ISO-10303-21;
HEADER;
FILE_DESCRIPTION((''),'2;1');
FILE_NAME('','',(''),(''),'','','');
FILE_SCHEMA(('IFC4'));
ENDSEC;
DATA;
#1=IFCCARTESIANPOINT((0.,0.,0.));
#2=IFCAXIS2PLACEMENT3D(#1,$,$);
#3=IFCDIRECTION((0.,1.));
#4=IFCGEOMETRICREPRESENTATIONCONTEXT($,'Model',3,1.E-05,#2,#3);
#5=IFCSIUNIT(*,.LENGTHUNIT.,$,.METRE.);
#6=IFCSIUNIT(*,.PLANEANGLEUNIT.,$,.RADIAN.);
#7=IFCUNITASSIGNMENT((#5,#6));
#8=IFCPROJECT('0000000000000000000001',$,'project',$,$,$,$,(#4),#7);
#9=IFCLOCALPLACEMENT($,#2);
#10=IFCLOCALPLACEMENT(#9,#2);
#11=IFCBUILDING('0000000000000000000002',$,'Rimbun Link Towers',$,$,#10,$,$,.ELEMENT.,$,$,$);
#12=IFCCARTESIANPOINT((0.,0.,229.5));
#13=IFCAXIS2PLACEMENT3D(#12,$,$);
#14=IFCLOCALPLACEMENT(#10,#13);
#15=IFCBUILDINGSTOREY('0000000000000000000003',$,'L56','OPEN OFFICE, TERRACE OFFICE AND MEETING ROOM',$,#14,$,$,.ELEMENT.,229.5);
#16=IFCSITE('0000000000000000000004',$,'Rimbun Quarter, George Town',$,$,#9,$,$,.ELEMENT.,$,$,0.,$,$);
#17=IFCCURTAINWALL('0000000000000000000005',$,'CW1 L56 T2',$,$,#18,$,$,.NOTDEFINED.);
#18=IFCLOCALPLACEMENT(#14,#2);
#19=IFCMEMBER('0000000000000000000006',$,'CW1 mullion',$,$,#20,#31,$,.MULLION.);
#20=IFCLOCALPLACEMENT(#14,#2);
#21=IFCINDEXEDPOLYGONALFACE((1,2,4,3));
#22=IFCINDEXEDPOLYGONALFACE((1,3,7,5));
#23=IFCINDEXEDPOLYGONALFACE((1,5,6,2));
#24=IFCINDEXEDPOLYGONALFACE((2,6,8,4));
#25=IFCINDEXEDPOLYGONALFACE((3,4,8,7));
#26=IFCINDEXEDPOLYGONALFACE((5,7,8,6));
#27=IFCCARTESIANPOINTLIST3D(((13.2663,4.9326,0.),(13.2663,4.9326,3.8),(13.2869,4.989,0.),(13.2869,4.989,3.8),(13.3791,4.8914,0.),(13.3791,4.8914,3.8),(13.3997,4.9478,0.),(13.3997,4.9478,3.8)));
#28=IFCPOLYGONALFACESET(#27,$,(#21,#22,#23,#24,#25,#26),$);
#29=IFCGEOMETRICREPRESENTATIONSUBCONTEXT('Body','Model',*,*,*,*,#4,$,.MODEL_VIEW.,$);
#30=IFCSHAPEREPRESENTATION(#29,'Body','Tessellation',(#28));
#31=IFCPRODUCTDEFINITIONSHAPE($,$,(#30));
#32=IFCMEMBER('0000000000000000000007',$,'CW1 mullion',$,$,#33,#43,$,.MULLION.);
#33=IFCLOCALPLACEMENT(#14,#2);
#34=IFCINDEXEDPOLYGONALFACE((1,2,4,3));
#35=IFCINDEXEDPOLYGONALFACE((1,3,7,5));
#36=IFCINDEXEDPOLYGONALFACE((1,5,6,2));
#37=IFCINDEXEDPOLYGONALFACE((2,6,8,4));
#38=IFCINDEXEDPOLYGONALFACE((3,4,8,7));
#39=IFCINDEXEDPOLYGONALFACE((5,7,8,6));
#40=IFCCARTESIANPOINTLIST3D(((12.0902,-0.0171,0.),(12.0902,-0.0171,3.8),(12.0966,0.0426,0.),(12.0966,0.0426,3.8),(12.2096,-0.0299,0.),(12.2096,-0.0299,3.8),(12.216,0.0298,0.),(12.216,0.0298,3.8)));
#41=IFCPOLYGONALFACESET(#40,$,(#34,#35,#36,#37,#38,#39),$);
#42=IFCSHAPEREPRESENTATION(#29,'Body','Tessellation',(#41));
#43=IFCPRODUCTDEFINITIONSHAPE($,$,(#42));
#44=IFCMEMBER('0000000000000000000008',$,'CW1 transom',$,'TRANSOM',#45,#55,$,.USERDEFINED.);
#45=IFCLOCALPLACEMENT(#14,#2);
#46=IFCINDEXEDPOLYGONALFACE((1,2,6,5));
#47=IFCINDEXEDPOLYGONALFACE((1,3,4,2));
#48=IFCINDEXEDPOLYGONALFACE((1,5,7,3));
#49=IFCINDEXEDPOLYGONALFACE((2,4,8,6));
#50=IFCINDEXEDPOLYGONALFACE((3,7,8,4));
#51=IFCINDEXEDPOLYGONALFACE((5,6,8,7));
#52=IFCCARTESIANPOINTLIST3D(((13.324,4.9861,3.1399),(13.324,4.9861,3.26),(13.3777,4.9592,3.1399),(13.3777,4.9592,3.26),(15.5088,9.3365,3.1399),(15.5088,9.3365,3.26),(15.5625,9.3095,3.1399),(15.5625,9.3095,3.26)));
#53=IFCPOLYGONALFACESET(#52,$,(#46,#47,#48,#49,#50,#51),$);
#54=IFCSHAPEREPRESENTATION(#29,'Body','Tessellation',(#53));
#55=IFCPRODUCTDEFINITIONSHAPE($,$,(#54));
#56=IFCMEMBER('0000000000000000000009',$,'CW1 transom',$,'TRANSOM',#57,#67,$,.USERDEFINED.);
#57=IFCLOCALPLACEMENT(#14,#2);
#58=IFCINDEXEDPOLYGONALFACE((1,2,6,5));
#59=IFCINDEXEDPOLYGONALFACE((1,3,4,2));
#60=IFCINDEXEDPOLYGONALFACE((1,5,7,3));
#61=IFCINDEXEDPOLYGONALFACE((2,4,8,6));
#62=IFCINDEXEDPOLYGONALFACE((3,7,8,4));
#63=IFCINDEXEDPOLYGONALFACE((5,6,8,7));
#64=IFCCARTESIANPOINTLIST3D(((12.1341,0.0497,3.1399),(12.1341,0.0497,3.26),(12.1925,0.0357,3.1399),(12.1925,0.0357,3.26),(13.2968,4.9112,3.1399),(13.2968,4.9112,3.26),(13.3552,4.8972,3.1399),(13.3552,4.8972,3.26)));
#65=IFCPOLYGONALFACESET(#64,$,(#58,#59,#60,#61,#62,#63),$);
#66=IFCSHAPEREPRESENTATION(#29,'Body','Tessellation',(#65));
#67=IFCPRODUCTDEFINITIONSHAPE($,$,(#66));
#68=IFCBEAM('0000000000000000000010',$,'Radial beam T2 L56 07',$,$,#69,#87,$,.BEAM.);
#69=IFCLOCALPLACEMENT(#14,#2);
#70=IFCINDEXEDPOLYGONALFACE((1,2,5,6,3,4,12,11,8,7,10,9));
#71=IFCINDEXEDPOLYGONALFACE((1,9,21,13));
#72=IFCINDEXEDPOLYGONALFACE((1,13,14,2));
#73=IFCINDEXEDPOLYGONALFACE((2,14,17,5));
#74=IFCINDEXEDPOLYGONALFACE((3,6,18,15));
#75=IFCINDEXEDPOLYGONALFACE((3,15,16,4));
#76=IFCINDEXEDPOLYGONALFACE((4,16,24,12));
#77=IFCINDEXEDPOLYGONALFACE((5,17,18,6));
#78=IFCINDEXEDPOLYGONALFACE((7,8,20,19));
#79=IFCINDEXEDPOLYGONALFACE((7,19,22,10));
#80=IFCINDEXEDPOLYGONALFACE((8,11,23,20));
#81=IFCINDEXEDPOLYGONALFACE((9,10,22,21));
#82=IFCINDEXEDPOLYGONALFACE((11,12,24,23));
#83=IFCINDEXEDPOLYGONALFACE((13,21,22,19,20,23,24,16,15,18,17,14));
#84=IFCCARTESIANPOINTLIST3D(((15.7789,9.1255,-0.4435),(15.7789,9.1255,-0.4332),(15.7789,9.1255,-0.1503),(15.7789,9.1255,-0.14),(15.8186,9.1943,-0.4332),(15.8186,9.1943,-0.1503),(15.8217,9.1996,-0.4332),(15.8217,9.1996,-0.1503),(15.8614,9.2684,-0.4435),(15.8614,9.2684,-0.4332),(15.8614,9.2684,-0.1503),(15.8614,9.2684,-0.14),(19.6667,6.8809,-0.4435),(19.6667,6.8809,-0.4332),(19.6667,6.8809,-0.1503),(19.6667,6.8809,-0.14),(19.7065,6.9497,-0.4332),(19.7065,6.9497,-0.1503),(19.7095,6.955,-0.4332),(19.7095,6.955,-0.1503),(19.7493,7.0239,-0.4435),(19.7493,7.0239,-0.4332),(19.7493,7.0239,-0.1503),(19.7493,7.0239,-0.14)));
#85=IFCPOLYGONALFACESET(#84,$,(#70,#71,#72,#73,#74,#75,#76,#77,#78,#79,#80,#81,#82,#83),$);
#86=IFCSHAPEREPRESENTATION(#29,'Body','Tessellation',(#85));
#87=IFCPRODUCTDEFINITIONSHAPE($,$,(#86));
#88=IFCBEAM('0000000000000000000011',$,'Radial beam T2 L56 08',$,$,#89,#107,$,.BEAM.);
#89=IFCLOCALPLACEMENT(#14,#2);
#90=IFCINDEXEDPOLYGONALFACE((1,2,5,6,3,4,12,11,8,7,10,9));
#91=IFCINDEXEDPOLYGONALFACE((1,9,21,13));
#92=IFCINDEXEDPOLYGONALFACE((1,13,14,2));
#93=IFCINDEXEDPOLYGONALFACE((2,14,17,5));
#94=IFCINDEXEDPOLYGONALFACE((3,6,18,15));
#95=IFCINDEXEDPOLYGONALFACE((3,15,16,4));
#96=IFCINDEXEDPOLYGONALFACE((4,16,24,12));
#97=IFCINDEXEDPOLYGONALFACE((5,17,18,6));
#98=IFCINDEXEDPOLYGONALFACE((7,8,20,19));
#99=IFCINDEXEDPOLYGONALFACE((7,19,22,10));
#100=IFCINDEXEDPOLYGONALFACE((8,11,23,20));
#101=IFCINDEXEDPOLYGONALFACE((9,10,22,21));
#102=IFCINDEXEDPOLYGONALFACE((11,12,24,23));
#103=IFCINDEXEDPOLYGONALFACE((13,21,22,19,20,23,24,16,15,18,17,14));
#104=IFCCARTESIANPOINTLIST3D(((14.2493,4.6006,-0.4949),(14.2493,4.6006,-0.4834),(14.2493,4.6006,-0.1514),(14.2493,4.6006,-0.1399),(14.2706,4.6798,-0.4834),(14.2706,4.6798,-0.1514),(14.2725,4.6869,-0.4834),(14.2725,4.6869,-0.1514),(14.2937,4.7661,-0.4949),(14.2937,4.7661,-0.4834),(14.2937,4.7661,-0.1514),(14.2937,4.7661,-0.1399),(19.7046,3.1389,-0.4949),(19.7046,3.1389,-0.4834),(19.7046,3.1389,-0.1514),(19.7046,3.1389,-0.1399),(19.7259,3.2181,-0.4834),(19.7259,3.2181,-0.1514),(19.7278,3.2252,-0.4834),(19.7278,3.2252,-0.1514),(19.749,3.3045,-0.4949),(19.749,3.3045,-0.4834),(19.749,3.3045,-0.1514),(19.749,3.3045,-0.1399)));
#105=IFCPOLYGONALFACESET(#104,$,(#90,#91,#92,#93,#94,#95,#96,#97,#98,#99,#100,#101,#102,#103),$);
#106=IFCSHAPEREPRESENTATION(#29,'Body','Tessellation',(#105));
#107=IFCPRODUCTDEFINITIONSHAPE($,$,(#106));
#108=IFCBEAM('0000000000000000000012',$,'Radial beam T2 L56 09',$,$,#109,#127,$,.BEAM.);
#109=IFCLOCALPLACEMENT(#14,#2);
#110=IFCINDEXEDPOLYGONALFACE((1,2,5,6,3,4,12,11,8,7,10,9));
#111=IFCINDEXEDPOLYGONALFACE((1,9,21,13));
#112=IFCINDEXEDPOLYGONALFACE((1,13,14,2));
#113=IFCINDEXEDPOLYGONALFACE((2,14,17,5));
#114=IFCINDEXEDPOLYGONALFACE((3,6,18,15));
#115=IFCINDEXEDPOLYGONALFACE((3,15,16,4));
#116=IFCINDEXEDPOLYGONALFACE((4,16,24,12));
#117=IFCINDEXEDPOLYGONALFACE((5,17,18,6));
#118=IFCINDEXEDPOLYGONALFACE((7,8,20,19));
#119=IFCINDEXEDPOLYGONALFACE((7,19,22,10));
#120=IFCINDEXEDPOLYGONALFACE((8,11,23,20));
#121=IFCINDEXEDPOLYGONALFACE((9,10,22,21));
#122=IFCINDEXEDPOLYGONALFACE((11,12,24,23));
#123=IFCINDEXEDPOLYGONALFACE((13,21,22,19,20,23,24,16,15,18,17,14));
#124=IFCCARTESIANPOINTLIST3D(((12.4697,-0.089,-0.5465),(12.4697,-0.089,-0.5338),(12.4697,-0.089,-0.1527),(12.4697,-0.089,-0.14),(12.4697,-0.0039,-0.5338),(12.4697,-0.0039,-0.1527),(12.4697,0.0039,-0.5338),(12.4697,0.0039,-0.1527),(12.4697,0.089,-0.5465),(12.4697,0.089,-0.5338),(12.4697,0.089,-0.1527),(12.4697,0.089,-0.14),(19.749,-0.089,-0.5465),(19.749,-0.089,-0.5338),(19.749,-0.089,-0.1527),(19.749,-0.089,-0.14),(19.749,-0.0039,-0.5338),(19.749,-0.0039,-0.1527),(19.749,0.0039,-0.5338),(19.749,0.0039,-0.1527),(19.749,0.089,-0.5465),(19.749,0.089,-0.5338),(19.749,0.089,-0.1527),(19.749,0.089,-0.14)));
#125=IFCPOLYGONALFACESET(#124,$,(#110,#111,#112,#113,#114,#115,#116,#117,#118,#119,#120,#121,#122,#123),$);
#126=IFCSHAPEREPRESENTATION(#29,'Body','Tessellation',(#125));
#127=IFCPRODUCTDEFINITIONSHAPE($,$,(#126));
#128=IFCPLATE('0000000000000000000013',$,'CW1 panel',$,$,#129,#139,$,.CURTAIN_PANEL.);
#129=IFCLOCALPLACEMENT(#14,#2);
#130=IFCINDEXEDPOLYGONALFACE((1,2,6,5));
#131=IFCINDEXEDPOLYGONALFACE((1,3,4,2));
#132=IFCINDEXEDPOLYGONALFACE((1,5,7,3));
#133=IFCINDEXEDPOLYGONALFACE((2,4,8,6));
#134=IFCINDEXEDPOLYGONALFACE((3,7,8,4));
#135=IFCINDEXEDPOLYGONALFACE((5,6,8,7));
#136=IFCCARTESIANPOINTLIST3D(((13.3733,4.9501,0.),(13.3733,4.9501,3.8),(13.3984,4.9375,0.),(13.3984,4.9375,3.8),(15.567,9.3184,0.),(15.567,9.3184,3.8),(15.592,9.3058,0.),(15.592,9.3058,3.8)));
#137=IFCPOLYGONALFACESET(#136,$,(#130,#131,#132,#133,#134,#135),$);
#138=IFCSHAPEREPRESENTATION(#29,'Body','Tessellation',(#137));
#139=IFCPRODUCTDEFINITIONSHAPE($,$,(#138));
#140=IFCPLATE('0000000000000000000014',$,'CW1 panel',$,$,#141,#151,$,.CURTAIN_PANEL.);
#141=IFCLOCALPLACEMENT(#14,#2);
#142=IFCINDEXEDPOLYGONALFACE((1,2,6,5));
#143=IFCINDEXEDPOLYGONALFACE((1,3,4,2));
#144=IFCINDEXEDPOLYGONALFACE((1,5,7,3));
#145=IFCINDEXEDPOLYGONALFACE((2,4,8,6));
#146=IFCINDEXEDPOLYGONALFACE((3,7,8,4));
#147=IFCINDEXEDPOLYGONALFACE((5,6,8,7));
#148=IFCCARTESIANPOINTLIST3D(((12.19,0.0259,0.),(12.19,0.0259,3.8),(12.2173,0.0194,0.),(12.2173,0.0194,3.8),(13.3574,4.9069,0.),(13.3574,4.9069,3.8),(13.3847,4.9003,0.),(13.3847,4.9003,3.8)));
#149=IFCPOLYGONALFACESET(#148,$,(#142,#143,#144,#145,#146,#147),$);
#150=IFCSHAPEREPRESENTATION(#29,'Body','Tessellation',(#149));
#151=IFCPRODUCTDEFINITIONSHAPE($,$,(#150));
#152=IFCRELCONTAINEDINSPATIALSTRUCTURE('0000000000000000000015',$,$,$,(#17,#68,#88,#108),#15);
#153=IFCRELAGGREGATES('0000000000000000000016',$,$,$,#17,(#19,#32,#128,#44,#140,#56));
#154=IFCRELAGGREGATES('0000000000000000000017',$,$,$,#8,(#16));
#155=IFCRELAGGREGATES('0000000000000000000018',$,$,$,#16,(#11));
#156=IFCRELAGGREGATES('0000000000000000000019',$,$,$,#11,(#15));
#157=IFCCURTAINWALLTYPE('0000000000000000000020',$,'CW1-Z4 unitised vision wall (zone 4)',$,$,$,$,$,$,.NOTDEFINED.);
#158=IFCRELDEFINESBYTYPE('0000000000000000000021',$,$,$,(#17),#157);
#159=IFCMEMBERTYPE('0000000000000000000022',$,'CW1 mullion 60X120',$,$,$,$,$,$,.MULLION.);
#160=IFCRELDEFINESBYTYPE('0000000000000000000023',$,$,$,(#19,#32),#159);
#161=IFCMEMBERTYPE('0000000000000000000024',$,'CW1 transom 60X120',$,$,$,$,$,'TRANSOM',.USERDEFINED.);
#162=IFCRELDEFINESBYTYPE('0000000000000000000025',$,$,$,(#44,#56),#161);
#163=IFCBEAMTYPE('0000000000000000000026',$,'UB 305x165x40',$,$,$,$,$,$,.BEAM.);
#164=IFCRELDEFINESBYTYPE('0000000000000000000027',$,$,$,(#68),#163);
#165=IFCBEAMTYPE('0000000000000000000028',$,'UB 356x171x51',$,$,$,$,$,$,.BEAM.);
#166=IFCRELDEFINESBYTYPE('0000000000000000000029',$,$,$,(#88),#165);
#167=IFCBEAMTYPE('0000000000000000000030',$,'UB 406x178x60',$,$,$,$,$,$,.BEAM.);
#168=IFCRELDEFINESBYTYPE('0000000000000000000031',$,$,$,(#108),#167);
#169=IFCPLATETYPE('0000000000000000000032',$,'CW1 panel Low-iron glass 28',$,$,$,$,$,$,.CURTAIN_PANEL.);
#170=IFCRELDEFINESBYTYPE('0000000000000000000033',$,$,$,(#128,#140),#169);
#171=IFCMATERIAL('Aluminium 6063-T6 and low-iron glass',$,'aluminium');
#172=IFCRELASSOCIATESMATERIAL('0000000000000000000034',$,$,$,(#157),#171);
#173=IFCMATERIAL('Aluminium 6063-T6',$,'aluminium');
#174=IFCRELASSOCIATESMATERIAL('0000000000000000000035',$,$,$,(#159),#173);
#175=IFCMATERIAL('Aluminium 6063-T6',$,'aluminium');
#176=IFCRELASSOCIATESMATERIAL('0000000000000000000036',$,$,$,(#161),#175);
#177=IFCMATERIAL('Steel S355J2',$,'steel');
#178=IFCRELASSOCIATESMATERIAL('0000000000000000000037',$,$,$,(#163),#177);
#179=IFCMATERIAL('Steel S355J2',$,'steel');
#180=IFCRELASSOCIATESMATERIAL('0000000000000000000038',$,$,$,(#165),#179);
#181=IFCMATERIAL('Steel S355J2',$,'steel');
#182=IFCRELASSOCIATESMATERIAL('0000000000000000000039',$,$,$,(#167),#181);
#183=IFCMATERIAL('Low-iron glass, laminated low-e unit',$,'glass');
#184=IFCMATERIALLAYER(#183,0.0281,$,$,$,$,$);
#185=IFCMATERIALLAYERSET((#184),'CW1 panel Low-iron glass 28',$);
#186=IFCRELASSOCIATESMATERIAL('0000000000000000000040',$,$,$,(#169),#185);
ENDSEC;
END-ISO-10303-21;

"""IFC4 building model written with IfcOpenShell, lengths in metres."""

from ifc_helpers import new_model, si_unit, direction, frame, origin, origin_2d, place, context, subcontext, project, spatial, rectangle, i_section, extrude, material, layer, layer_set, material_profile, profile_set, type_object, element, aggregate, save


model = new_model("IFC4")

# Units and contexts
model_context = context("Model", 3, precision=1e-05, world=origin(), true_north=direction((0.0, 1.0)))
body_context = subcontext(model_context, "Body", "Model", "MODEL_VIEW")
ifc_project = project(units=[si_unit("LENGTHUNIT", "METRE"), si_unit("PLANEANGLEUNIT", "RADIAN")], contexts=[model_context])

# Site, building, storey
site_placement = place(None, origin())
site = spatial("IfcSite", under=ifc_project, at=site_placement, Name="Rimbun Quarter, George Town", CompositionType="ELEMENT", RefElevation=0.0)
building_placement = place(site_placement, origin())
building = spatial("IfcBuilding", under=site, at=building_placement, Name="Rimbun Link Towers", CompositionType="ELEMENT")
storey_placement = place(building_placement, frame((0.0, 0.0, 229.5)))
storey = spatial("IfcBuildingStorey", under=building, at=storey_placement, Name="L56", Description="OPEN OFFICE, TERRACE OFFICE AND MEETING ROOM", CompositionType="ELEMENT", Elevation=229.5)

# Curtain wall, members
ifc_material_1 = material(Name="Aluminium 6063-T6 and low-iron glass", Category="aluminium")
curtain_wall_type = type_object("IfcCurtainWallType", Name="CW1-Z4 unitised vision wall (zone 4)", PredefinedType="NOTDEFINED", material=ifc_material_1)
curtain_wall_placement = place(storey_placement, origin())
curtain_wall = element("IfcCurtainWall", 1, at=curtain_wall_placement, inside=storey, type_object=curtain_wall_type, Name="CW1 L56 T2", PredefinedType="NOTDEFINED")
ifc_material_2 = material(Name="Aluminium 6063-T6", Category="aluminium")
ifc_material_profile_1 = material_profile(ifc_material_2, rectangle(XDim=0.1201, YDim=0.0601, at=origin_2d()), Name="MULLION 60X120")
ifc_profile_set_1 = profile_set([ifc_material_profile_1], Name="Aluminium 6063-T6")
member_type_1 = type_object("IfcMemberType", Name="CW1 mullion 60X120", PredefinedType="MULLION", material=ifc_profile_set_1)
member_1_placement = place(storey_placement, frame((13.333, 4.9402, 0.0), z_axis=(0.0, 0.0, 1.0), x_axis=(-0.939348, 0.342964, 0.0)))
member_1 = element("IfcMember", 2, at=member_1_placement, type_object=member_type_1, Name="CW1 mullion", PredefinedType="MULLION", context=body_context, shape_type="SweptSolid", body=[
    extrude(rectangle(XDim=0.1201, YDim=0.0601, at=origin_2d()), origin(), (0.0, 0.0, 1.0), 3.8),
])
member_2_placement = place(storey_placement, frame((12.1531, 0.0063, 0.0), z_axis=(0.0, 0.0, 1.0), x_axis=(-0.994298, 0.106637, 0.0)))
member_2 = element("IfcMember", 3, at=member_2_placement, type_object=member_type_1, Name="CW1 mullion", PredefinedType="MULLION", context=body_context, shape_type="SweptSolid", body=[
    extrude(rectangle(XDim=0.1201, YDim=0.0601, at=origin_2d()), origin(), (0.0, 0.0, 1.0), 3.8),
])
ifc_material_3 = material(Name="Aluminium 6063-T6", Category="aluminium")
ifc_material_profile_2 = material_profile(ifc_material_3, rectangle(XDim=0.0601, YDim=0.1201, at=origin_2d()), Name="TRANSOM 60X120")
ifc_profile_set_2 = profile_set([ifc_material_profile_2], Name="Aluminium 6063-T6")
member_type_2 = type_object("IfcMemberType", Name="CW1 transom 60X120", ElementType="TRANSOM", PredefinedType="USERDEFINED", material=ifc_profile_set_2)
member_3_placement = place(storey_placement, frame((13.3508, 4.9727, 3.2), z_axis=(0.448798, 0.893633, 0.0), x_axis=(-0.893633, 0.448798, 0.0)))
member_3 = element("IfcMember", 4, at=member_3_placement, type_object=member_type_2, Name="CW1 transom", ObjectType="TRANSOM", PredefinedType="USERDEFINED", context=body_context, shape_type="SweptSolid", body=[
    extrude(rectangle(XDim=0.0601, YDim=0.1201, at=origin_2d()), origin(), (0.0, 0.0, 1.0), 4.8682),
])
member_4_placement = place(storey_placement, frame((12.1633, 0.0427, 3.2), z_axis=(0.232593, 0.972574, 0.0), x_axis=(-0.972574, 0.232593, 0.0)))
member_4 = element("IfcMember", 5, at=member_4_placement, type_object=member_type_2, Name="CW1 transom", ObjectType="TRANSOM", PredefinedType="USERDEFINED", context=body_context, shape_type="SweptSolid", body=[
    extrude(rectangle(XDim=0.0601, YDim=0.1201, at=origin_2d()), origin(), (0.0, 0.0, 1.0), 4.9985),
])

# Beams
ifc_material_4 = material(Name="Steel S355J2", Category="steel")
ifc_material_profile_3 = material_profile(ifc_material_4, i_section(OverallWidth=0.165, OverallDepth=0.3035, WebThickness=0.0061, FlangeThickness=0.0103, at=origin_2d()), Name="UB 305x165x40")
ifc_profile_set_3 = profile_set([ifc_material_profile_3], Name="Steel S355J2")
beam_type_1 = type_object("IfcBeamType", Name="UB 305x165x40", PredefinedType="BEAM", material=ifc_profile_set_3)
beam_1_placement = place(storey_placement, frame((19.708, 6.9524, -0.2917), z_axis=(-0.866033, 0.499988, 0.0), x_axis=(-0.499988, -0.866033, 0.0)))
element("IfcBeam", 6, at=beam_1_placement, inside=storey, type_object=beam_type_1, Name="Radial beam T2 L56 07", PredefinedType="BEAM", context=body_context, shape_type="SweptSolid", body=[
    extrude(i_section(OverallWidth=0.165, OverallDepth=0.3035, WebThickness=0.0061, FlangeThickness=0.0103, at=origin_2d()), origin(), (0.0, 0.0, 1.0), 4.4893),
])
ifc_material_5 = material(Name="Steel S355J2", Category="steel")
ifc_material_profile_4 = material_profile(ifc_material_5, i_section(OverallWidth=0.1714, OverallDepth=0.355, WebThickness=0.0073, FlangeThickness=0.0115, at=origin_2d()), Name="UB 356x171x51")
ifc_profile_set_4 = profile_set([ifc_material_profile_4], Name="Steel S355J2")
beam_type_2 = type_object("IfcBeamType", Name="UB 356x171x51", PredefinedType="BEAM", material=ifc_profile_set_4)
beam_2_placement = place(storey_placement, frame((19.7268, 3.2217, -0.3174), z_axis=(-0.965929, 0.258806, 0.0), x_axis=(-0.258806, -0.965929, 0.0)))
element("IfcBeam", 7, at=beam_2_placement, inside=storey, type_object=beam_type_2, Name="Radial beam T2 L56 08", PredefinedType="BEAM", context=body_context, shape_type="SweptSolid", body=[
    extrude(i_section(OverallWidth=0.1714, OverallDepth=0.355, WebThickness=0.0073, FlangeThickness=0.0115, at=origin_2d()), origin(), (0.0, 0.0, 1.0), 5.6477),
])
ifc_material_6 = material(Name="Steel S355J2", Category="steel")
ifc_material_profile_5 = material_profile(ifc_material_6, i_section(OverallWidth=0.178, OverallDepth=0.4065, WebThickness=0.0078, FlangeThickness=0.0127, at=origin_2d()), Name="UB 406x178x60")
ifc_profile_set_5 = profile_set([ifc_material_profile_5], Name="Steel S355J2")
beam_type_3 = type_object("IfcBeamType", Name="UB 406x178x60", PredefinedType="BEAM", material=ifc_profile_set_5)
beam_3_placement = place(storey_placement, frame((19.749, 0.0, -0.3433), z_axis=(-1.0, 0.0, 0.0), x_axis=(0.0, -1.0, 0.0)))
element("IfcBeam", 8, at=beam_3_placement, inside=storey, type_object=beam_type_3, Name="Radial beam T2 L56 09", PredefinedType="BEAM", context=body_context, shape_type="SweptSolid", body=[
    extrude(i_section(OverallWidth=0.178, OverallDepth=0.4065, WebThickness=0.0078, FlangeThickness=0.0127, at=origin_2d()), origin(), (0.0, 0.0, 1.0), 7.2793),
])

# Plates
ifc_material_7 = material(Name="Low-iron glass, laminated low-e unit", Category="glass")
ifc_layer_1 = layer(ifc_material_7, 0.0281)
ifc_layer_set_1 = layer_set([ifc_layer_1], Name="CW1 panel Low-iron glass 28")
plate_type = type_object("IfcPlateType", Name="CW1 panel Low-iron glass 28", PredefinedType="CURTAIN_PANEL", material=ifc_layer_set_1)
plate_1_placement = place(storey_placement, frame((14.4827, 7.1279, 0.0), z_axis=(0.0, 0.0, 1.0), x_axis=(0.448771, 0.893647, 0.0)))
plate_1 = element("IfcPlate", 9, at=plate_1_placement, type_object=plate_type, Name="CW1 panel", PredefinedType="CURTAIN_PANEL", context=body_context, shape_type="SweptSolid", body=[
    extrude(rectangle(XDim=4.8882, YDim=0.0281, at=origin_2d()), origin(), (0.0, 0.0, 1.0), 3.8),
])
plate_2_placement = place(storey_placement, frame((12.7874, 2.4631, 0.0), z_axis=(0.0, 0.0, 1.0), x_axis=(0.232601, 0.972572, 0.0)))
plate_2 = element("IfcPlate", 10, at=plate_2_placement, type_object=plate_type, Name="CW1 panel", PredefinedType="CURTAIN_PANEL", context=body_context, shape_type="SweptSolid", body=[
    extrude(rectangle(XDim=5.0186, YDim=0.0281, at=origin_2d()), origin(), (0.0, 0.0, 1.0), 3.8),
])
aggregate(curtain_wall, [member_1, member_2, plate_1, member_3, plate_2, member_4])

save(model, "model.ifc")
